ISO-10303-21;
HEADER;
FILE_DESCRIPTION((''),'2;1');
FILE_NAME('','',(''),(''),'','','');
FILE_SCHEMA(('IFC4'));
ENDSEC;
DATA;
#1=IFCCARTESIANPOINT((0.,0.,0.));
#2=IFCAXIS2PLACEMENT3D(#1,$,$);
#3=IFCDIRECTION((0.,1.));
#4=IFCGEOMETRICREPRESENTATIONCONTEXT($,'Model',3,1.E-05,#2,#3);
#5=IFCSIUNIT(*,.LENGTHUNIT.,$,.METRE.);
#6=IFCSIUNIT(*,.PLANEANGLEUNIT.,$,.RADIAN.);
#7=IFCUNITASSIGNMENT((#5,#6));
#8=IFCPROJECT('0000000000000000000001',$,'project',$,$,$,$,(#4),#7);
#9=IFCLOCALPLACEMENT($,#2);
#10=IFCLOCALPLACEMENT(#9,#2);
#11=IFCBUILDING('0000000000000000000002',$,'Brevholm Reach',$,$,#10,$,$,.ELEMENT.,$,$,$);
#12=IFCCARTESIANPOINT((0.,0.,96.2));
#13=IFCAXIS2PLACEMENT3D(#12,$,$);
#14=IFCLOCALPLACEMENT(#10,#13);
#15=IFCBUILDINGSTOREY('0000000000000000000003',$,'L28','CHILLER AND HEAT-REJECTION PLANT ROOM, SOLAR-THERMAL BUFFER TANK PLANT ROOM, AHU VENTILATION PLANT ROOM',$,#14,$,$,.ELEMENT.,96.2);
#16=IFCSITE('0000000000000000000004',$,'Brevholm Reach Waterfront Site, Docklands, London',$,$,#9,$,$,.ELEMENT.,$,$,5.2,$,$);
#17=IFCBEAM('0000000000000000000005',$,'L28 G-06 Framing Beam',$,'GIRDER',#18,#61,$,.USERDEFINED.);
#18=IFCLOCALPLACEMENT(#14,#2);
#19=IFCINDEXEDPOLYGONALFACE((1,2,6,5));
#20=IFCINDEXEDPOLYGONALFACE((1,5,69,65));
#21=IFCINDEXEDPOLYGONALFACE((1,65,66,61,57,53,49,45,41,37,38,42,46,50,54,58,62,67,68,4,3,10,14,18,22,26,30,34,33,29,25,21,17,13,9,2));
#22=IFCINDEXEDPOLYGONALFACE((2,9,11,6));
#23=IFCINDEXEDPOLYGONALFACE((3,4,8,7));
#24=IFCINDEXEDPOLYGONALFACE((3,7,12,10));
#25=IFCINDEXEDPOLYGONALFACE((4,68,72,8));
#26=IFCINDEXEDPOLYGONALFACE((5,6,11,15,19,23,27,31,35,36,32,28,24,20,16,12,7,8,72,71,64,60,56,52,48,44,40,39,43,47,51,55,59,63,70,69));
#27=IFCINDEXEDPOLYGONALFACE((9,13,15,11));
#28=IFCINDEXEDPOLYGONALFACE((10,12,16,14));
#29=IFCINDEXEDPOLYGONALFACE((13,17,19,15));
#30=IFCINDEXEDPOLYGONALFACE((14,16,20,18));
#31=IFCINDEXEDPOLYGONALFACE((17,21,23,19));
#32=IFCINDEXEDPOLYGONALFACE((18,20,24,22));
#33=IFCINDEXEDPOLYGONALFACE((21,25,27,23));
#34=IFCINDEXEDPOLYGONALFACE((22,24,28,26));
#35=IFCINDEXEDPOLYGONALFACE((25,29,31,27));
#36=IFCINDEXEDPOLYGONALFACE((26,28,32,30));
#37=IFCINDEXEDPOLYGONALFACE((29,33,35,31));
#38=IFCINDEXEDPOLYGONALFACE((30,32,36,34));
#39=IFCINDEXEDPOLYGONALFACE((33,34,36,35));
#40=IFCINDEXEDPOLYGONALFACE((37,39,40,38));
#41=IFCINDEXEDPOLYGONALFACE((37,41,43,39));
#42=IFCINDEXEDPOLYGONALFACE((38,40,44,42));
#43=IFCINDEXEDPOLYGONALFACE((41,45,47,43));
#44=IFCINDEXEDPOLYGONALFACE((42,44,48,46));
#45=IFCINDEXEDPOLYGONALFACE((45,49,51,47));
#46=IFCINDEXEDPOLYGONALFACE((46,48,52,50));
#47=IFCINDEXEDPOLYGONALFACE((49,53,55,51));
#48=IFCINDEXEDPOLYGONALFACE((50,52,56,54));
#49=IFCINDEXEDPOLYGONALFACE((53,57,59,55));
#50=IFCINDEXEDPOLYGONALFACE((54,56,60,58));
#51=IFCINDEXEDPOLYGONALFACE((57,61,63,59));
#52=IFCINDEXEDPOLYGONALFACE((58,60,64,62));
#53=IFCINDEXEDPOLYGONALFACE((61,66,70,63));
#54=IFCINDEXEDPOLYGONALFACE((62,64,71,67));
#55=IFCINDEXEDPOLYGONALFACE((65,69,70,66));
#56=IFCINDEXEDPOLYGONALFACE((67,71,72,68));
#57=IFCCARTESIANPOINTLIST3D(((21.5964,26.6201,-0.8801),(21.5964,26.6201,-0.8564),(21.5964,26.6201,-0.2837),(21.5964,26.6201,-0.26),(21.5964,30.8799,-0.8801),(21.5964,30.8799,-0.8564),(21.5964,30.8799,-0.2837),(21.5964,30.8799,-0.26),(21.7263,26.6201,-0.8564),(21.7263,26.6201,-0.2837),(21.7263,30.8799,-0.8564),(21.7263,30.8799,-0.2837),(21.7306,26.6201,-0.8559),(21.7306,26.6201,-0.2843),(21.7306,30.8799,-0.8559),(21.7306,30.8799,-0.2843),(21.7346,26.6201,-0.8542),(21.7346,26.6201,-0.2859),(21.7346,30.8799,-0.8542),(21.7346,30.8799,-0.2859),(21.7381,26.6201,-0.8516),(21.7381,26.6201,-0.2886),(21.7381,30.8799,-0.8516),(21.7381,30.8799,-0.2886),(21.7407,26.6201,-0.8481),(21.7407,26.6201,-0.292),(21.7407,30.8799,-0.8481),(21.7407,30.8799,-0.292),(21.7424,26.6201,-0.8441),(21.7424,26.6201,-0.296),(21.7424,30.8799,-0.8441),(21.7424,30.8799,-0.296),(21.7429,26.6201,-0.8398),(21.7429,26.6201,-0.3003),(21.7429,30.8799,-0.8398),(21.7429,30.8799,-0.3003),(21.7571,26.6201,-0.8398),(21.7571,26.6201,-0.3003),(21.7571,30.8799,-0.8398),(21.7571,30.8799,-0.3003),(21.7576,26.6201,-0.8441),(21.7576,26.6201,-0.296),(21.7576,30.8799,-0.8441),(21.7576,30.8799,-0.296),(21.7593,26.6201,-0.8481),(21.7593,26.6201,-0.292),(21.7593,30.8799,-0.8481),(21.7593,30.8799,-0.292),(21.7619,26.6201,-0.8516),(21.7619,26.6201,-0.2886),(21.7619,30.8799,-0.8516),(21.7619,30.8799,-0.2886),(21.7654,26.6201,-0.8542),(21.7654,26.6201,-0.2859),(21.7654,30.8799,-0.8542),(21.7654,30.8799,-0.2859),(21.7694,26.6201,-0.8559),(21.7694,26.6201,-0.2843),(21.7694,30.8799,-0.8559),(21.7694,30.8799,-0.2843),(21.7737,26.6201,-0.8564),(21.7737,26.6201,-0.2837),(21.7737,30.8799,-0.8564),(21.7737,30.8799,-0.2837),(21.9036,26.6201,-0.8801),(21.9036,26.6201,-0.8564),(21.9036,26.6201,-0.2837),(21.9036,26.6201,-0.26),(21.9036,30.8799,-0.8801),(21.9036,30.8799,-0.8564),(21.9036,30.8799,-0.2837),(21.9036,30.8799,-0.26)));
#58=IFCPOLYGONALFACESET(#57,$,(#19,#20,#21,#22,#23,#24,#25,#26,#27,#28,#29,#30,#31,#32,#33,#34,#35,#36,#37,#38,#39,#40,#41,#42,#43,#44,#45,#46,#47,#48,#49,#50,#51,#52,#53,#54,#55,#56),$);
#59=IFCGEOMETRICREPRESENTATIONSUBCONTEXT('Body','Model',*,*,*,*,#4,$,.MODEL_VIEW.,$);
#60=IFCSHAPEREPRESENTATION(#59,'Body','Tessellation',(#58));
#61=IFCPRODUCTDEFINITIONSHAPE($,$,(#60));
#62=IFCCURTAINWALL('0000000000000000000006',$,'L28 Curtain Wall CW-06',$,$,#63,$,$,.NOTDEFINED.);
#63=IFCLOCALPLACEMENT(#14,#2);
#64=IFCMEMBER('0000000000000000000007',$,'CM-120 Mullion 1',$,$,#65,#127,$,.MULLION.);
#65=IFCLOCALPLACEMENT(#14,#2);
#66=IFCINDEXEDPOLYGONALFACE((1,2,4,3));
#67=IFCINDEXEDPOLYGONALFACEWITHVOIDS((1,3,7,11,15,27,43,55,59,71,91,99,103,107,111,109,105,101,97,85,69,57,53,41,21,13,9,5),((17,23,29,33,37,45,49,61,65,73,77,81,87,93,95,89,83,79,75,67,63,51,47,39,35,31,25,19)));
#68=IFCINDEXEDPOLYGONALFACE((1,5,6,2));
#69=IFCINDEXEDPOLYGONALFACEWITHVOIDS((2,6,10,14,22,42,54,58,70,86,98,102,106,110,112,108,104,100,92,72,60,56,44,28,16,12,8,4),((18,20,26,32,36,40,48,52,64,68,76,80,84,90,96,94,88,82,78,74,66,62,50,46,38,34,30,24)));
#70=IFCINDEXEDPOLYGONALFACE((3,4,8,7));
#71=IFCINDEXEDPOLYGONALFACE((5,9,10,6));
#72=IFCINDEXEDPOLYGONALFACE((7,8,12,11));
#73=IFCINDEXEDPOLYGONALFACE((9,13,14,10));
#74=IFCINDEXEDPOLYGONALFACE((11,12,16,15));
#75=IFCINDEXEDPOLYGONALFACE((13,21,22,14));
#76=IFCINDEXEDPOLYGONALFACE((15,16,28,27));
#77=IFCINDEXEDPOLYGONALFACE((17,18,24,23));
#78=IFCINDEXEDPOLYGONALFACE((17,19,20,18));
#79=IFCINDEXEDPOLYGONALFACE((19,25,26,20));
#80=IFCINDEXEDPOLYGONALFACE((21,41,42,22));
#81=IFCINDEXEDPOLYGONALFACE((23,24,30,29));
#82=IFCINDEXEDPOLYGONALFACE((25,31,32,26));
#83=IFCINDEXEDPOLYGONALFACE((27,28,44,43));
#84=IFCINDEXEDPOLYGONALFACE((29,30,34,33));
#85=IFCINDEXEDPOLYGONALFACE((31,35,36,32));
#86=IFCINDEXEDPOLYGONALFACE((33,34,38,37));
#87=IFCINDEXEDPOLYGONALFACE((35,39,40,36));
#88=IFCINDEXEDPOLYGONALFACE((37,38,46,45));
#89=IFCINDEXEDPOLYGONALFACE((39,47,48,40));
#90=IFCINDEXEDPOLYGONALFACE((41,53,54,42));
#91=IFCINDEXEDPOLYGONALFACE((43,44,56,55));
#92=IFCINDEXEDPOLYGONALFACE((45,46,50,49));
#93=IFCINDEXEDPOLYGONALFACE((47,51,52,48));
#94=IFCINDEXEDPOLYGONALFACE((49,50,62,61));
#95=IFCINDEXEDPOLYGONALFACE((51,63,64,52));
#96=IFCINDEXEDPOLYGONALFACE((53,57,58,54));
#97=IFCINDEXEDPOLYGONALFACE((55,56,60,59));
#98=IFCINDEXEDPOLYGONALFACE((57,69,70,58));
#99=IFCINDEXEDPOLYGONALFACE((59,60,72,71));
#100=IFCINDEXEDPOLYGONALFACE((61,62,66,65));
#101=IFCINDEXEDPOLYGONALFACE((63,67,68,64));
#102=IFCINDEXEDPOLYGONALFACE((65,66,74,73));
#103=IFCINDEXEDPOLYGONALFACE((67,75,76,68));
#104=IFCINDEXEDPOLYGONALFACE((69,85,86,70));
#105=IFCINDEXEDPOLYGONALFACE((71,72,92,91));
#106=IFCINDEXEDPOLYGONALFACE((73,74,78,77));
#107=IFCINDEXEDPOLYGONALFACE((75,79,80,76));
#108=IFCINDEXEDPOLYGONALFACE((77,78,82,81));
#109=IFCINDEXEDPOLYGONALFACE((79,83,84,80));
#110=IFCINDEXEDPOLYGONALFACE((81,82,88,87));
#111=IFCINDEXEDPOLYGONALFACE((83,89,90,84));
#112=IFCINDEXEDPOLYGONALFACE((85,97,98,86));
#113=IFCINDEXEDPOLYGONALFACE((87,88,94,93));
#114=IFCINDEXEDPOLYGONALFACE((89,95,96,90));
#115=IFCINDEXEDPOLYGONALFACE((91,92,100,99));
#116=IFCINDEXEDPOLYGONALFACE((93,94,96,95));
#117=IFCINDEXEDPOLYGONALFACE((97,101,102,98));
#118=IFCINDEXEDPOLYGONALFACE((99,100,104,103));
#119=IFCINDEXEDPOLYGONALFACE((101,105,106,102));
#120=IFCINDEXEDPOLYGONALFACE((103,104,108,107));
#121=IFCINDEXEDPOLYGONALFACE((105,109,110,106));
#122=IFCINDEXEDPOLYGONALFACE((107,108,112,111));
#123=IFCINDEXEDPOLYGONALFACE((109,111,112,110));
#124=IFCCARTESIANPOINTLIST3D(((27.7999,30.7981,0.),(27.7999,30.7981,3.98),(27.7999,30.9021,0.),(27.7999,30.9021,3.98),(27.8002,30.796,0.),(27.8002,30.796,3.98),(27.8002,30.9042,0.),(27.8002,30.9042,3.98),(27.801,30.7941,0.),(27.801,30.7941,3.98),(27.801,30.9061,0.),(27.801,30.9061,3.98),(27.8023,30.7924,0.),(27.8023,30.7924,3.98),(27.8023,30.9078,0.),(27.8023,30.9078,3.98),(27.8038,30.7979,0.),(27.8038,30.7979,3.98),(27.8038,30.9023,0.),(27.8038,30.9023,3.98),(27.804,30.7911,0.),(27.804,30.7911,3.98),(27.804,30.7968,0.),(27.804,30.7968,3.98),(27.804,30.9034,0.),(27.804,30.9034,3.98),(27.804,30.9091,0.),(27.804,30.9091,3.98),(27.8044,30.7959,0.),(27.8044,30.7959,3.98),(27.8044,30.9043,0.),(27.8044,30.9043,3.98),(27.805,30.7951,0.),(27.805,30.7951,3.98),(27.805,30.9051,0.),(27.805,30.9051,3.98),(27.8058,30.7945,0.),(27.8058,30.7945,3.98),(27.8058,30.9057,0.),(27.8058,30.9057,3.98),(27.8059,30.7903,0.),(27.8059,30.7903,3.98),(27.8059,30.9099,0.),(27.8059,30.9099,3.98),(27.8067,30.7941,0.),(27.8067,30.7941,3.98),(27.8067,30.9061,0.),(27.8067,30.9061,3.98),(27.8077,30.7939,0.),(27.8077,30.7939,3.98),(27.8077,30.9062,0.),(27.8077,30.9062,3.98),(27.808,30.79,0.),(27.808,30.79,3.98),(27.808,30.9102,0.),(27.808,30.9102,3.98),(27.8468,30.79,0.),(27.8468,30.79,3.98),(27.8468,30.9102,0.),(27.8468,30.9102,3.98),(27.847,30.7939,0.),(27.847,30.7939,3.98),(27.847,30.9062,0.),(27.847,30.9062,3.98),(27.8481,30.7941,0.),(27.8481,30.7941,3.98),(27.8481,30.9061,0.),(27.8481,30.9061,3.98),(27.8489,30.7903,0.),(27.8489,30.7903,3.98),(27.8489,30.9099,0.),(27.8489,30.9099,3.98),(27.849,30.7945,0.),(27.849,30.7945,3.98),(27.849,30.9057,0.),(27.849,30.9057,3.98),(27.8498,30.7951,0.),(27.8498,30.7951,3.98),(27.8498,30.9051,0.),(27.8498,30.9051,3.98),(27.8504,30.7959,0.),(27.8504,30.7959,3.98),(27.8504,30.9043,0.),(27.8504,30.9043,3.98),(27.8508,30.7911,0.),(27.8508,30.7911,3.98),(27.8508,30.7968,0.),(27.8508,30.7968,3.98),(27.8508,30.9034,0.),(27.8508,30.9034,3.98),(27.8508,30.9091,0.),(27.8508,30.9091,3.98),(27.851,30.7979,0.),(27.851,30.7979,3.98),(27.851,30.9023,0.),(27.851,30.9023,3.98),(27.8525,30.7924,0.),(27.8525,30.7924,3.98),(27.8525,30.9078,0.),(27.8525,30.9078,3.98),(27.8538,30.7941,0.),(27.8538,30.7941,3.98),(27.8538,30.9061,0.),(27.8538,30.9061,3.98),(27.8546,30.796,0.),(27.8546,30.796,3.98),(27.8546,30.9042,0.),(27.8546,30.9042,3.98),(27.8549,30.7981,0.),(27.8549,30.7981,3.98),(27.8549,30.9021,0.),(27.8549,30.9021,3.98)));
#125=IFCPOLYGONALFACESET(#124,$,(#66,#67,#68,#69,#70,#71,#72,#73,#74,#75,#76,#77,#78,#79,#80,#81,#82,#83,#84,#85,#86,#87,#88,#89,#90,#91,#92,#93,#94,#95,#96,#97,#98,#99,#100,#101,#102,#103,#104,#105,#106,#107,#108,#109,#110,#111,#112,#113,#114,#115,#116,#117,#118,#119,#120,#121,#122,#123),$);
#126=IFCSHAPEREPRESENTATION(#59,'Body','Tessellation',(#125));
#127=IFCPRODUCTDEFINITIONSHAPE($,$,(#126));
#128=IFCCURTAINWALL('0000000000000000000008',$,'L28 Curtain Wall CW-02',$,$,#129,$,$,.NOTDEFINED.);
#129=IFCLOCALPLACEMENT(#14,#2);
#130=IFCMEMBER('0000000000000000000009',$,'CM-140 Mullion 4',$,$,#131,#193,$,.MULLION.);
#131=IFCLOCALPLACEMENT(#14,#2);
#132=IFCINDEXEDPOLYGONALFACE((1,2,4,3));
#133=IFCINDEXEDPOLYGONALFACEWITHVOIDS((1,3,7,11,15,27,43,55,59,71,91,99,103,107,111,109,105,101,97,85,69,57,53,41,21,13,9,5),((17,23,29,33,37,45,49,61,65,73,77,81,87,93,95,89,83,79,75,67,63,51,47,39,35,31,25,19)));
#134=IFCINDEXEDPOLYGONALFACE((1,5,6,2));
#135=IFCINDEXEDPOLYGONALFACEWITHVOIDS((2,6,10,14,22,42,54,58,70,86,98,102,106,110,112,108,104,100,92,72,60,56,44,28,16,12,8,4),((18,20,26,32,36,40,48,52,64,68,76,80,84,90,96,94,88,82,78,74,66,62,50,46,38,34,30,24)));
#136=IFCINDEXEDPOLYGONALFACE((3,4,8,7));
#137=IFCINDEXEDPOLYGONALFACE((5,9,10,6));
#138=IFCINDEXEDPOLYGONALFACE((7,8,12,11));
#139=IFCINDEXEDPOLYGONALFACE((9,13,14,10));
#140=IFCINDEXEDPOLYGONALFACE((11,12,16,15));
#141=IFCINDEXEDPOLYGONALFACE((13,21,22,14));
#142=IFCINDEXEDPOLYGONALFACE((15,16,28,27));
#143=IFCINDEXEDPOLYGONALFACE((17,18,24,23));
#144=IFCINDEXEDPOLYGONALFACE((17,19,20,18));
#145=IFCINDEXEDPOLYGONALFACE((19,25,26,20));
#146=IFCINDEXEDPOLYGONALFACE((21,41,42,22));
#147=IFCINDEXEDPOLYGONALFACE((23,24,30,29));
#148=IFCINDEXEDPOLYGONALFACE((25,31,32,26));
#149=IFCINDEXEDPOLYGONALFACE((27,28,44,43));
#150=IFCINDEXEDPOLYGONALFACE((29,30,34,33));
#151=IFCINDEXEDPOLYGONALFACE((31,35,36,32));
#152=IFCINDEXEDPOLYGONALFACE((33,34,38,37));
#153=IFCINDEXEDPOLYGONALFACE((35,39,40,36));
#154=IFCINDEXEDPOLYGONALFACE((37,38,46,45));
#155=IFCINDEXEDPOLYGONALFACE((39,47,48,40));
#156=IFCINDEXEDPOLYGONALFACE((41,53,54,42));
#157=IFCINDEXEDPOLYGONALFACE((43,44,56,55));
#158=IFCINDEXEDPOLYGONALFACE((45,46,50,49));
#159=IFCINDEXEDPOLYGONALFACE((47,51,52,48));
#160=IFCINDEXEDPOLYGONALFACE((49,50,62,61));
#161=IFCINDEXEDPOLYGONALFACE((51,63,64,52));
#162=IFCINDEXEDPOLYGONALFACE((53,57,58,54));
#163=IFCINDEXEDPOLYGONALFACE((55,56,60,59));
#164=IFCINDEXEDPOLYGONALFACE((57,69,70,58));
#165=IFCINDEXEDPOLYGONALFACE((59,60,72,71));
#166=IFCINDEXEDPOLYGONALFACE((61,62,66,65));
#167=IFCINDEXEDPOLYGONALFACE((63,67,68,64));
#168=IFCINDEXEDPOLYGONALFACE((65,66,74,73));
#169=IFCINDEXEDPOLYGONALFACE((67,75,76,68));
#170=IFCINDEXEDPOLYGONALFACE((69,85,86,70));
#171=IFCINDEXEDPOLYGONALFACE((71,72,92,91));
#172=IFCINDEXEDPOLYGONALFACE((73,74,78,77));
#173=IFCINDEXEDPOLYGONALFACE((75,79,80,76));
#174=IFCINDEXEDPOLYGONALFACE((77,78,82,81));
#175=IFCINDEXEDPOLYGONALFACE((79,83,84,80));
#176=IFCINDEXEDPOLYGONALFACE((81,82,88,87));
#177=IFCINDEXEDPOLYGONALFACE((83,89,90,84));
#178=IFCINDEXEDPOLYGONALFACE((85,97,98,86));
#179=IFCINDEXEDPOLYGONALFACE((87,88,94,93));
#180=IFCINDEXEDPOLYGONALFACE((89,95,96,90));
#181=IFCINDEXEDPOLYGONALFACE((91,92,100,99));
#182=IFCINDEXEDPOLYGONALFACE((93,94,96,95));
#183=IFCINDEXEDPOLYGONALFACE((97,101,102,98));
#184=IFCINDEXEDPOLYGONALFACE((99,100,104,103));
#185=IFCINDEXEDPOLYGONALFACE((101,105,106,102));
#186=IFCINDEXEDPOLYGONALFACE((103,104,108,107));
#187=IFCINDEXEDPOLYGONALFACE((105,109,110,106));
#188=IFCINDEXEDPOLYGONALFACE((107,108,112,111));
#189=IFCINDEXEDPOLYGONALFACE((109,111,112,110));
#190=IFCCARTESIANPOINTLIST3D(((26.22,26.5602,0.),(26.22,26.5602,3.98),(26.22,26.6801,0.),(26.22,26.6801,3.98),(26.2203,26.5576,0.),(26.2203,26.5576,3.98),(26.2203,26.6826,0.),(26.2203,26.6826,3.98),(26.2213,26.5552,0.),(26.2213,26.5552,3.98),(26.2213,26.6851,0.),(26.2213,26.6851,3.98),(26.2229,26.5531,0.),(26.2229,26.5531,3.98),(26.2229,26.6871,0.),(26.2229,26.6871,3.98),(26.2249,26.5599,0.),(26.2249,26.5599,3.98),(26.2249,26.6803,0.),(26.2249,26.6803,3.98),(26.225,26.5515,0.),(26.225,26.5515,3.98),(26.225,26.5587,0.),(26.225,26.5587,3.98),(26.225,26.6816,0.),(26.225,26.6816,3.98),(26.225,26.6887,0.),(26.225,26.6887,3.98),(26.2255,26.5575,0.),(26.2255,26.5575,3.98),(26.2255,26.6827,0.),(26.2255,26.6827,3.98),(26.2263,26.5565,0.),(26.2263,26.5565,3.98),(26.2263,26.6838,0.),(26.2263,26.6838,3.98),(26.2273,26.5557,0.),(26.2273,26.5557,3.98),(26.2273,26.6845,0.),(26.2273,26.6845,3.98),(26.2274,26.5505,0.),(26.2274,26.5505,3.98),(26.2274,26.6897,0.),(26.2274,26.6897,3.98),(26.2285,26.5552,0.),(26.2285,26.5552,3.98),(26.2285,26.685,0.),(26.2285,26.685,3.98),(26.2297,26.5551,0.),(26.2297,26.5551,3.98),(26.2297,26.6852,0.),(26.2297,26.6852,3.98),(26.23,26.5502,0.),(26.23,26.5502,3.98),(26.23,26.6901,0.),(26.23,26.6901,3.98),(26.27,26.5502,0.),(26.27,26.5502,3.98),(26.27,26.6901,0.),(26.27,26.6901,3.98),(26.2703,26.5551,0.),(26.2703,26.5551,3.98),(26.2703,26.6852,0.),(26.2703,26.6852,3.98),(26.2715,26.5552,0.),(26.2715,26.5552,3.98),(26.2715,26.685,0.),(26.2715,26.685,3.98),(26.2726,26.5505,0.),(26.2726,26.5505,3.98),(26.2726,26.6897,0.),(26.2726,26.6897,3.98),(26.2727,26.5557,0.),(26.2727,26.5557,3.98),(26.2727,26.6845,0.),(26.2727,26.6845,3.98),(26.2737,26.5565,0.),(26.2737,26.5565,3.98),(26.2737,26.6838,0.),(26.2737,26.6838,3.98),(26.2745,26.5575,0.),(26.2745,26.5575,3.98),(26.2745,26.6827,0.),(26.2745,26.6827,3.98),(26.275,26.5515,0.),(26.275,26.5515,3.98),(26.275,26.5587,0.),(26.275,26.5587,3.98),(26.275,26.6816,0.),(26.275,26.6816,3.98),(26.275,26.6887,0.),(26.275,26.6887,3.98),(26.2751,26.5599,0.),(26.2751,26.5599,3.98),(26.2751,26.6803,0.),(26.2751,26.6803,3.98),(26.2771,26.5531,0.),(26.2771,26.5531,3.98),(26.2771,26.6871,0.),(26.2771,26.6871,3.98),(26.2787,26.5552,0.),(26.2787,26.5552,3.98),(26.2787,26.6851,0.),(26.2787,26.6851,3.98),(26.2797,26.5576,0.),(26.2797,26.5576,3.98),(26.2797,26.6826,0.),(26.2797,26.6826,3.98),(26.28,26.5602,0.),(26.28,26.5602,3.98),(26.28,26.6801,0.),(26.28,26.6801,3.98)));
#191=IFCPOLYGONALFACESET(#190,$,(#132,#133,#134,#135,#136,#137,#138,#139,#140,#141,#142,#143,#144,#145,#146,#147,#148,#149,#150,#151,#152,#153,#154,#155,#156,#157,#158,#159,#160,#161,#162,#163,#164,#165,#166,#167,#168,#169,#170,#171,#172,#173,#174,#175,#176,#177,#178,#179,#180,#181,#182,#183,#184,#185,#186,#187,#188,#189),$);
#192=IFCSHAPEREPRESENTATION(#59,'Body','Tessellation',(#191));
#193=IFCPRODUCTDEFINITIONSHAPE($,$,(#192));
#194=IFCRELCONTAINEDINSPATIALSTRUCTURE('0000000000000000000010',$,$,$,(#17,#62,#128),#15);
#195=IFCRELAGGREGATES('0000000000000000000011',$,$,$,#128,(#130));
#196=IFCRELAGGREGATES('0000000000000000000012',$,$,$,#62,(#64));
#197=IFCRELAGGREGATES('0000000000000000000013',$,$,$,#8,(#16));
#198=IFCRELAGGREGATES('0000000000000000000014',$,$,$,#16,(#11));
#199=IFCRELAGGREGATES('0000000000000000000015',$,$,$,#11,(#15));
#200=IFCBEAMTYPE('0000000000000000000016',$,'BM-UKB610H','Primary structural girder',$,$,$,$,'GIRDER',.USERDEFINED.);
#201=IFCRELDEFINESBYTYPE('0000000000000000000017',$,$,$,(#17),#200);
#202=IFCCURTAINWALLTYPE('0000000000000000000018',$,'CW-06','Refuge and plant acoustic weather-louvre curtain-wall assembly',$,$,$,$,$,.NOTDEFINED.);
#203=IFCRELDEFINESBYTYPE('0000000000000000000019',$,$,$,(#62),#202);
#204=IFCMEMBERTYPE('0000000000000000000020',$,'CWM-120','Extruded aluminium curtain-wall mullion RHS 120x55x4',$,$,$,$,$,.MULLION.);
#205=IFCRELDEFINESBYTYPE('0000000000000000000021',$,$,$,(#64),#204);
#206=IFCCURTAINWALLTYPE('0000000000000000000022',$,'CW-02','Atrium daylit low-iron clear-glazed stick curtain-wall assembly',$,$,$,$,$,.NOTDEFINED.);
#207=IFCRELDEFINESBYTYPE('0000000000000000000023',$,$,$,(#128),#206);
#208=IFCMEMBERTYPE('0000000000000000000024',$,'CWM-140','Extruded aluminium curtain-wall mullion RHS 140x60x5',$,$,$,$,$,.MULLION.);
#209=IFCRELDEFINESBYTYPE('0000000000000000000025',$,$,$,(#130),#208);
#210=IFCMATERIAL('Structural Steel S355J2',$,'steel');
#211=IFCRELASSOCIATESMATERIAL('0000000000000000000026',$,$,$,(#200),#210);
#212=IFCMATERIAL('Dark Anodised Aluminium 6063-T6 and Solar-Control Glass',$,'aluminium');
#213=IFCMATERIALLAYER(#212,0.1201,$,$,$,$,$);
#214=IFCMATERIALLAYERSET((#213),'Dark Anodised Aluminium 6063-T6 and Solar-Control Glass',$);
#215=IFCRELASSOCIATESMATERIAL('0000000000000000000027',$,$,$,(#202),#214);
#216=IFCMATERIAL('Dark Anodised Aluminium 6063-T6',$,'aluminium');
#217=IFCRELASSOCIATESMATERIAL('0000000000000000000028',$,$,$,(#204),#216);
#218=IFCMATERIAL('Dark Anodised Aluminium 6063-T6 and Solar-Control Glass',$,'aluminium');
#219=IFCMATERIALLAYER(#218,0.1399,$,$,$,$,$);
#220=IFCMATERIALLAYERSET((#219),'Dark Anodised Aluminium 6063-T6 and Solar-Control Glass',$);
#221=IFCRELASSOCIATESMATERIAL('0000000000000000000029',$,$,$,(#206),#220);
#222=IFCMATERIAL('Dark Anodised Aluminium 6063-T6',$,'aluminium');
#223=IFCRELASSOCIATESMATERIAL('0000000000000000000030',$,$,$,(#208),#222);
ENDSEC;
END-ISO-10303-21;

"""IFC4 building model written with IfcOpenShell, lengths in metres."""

from ifc_helpers import new_model, si_unit, direction, frame, origin, origin_2d, place, context, subcontext, project, spatial, hollow_rectangle, i_section, extrude, material, layer, layer_set, material_profile, profile_set, type_object, element, aggregate, save


model = new_model("IFC4")

# Units and contexts
model_context = context("Model", 3, precision=1e-05, world=origin(), true_north=direction((0.0, 1.0)))
body_context = subcontext(model_context, "Body", "Model", "MODEL_VIEW")
ifc_project = project(units=[si_unit("LENGTHUNIT", "METRE"), si_unit("PLANEANGLEUNIT", "RADIAN")], contexts=[model_context])

# Site, building, storey
site_placement = place(None, origin())
site = spatial("IfcSite", under=ifc_project, at=site_placement, Name="Brevholm Reach Waterfront Site, Docklands, London", CompositionType="ELEMENT", RefElevation=5.2)
building_placement = place(site_placement, origin())
building = spatial("IfcBuilding", under=site, at=building_placement, Name="Brevholm Reach", CompositionType="ELEMENT")
storey_placement = place(building_placement, frame((0.0, 0.0, 96.2)))
storey = spatial("IfcBuildingStorey", under=building, at=storey_placement, Name="L28", Description="CHILLER AND HEAT-REJECTION PLANT ROOM, SOLAR-THERMAL BUFFER TANK PLANT ROOM, AHU VENTILATION PLANT ROOM", CompositionType="ELEMENT", Elevation=96.2)

# Beam
ifc_material_1 = material(Name="Structural Steel S355J2", Category="steel")
ifc_material_profile_1 = material_profile(ifc_material_1, i_section(OverallWidth=0.3071, OverallDepth=0.6201, WebThickness=0.0142, FlangeThickness=0.0237, FilletRadius=0.0166, at=origin_2d()), Name="UKB 610x305x179")
ifc_profile_set_1 = profile_set([ifc_material_profile_1], Name="Structural Steel S355J2")
beam_type_1 = type_object("IfcBeamType", Name="BM-UKB610H", Description="Primary structural girder", ElementType="GIRDER", PredefinedType="USERDEFINED", material=ifc_profile_set_1)
beam_1_placement = place(storey_placement, frame((21.75, 26.6201, -0.5701), z_axis=(0.0, 1.0, 0.0), x_axis=(-1.0, 0.0, 0.0)))
element("IfcBeam", 1, at=beam_1_placement, inside=storey, type_object=beam_type_1, Name="L28 G-06 Framing Beam", ObjectType="GIRDER", PredefinedType="USERDEFINED", context=body_context, shape_type="SweptSolid", body=[
    extrude(i_section(OverallWidth=0.3071, OverallDepth=0.6201, WebThickness=0.0142, FlangeThickness=0.0237, FilletRadius=0.0166, at=origin_2d()), origin(), (0.0, 0.0, 1.0), 4.2598),
])

# Curtain wall, member
ifc_material_2 = material(Name="Dark Anodised Aluminium 6063-T6 and Solar-Control Glass", Category="aluminium")
ifc_layer_1 = layer(ifc_material_2, 0.1201)
ifc_layer_set_1 = layer_set([ifc_layer_1], Name="Dark Anodised Aluminium 6063-T6 and Solar-Control Glass")
curtain_wall_type_1 = type_object("IfcCurtainWallType", Name="CW-06", Description="Refuge and plant acoustic weather-louvre curtain-wall assembly", PredefinedType="NOTDEFINED", material=ifc_layer_set_1)
curtain_wall_1_placement = place(storey_placement, origin())
curtain_wall_1 = element("IfcCurtainWall", 2, at=curtain_wall_1_placement, inside=storey, type_object=curtain_wall_type_1, Name="L28 Curtain Wall CW-06", PredefinedType="NOTDEFINED")
ifc_material_3 = material(Name="Dark Anodised Aluminium 6063-T6", Category="aluminium")
ifc_material_profile_2 = material_profile(ifc_material_3, hollow_rectangle(XDim=0.0549, YDim=0.1201, WallThickness=0.0039, InnerFilletRadius=0.0039, OuterFilletRadius=0.0081, at=origin_2d()), Name="RHS 120x55x4")
ifc_profile_set_2 = profile_set([ifc_material_profile_2], Name="Dark Anodised Aluminium 6063-T6")
member_type_1 = type_object("IfcMemberType", Name="CWM-120", Description="Extruded aluminium curtain-wall mullion RHS 120x55x4", PredefinedType="MULLION", material=ifc_profile_set_2)
member_1_placement = place(storey_placement, frame((27.8274, 30.8501, 0.0), z_axis=(0.0, 0.0, 1.0), x_axis=(1.0, 0.0, 0.0)))
member_1 = element("IfcMember", 3, at=member_1_placement, type_object=member_type_1, Name="CM-120 Mullion 1", PredefinedType="MULLION", context=body_context, shape_type="SweptSolid", body=[
    extrude(hollow_rectangle(XDim=0.0549, YDim=0.1201, WallThickness=0.0039, InnerFilletRadius=0.0039, OuterFilletRadius=0.0081, at=origin_2d()), origin(), (0.0, 0.0, 1.0), 3.98),
])

# Curtain wall, member
ifc_material_4 = material(Name="Dark Anodised Aluminium 6063-T6 and Solar-Control Glass", Category="aluminium")
ifc_layer_2 = layer(ifc_material_4, 0.1399)
ifc_layer_set_2 = layer_set([ifc_layer_2], Name="Dark Anodised Aluminium 6063-T6 and Solar-Control Glass")
curtain_wall_type_2 = type_object("IfcCurtainWallType", Name="CW-02", Description="Atrium daylit low-iron clear-glazed stick curtain-wall assembly", PredefinedType="NOTDEFINED", material=ifc_layer_set_2)
curtain_wall_2_placement = place(storey_placement, origin())
curtain_wall_2 = element("IfcCurtainWall", 4, at=curtain_wall_2_placement, inside=storey, type_object=curtain_wall_type_2, Name="L28 Curtain Wall CW-02", PredefinedType="NOTDEFINED")
ifc_material_5 = material(Name="Dark Anodised Aluminium 6063-T6", Category="aluminium")
ifc_material_profile_3 = material_profile(ifc_material_5, hollow_rectangle(XDim=0.0601, YDim=0.1399, WallThickness=0.0049, InnerFilletRadius=0.0049, OuterFilletRadius=0.01, at=origin_2d()), Name="RHS 140x60x5")
ifc_profile_set_3 = profile_set([ifc_material_profile_3], Name="Dark Anodised Aluminium 6063-T6")
member_type_2 = type_object("IfcMemberType", Name="CWM-140", Description="Extruded aluminium curtain-wall mullion RHS 140x60x5", PredefinedType="MULLION", material=ifc_profile_set_3)
member_2_placement = place(storey_placement, frame((26.25, 26.6201, 0.0), z_axis=(0.0, 0.0, 1.0), x_axis=(-1.0, 0.0, 0.0)))
member_2 = element("IfcMember", 5, at=member_2_placement, type_object=member_type_2, Name="CM-140 Mullion 4", PredefinedType="MULLION", context=body_context, shape_type="SweptSolid", body=[
    extrude(hollow_rectangle(XDim=0.0601, YDim=0.1399, WallThickness=0.0049, InnerFilletRadius=0.0049, OuterFilletRadius=0.01, at=origin_2d()), origin(), (0.0, 0.0, 1.0), 3.98),
])

aggregate(curtain_wall_2, [member_2])
aggregate(curtain_wall_1, [member_1])

save(model, "model.ifc")
